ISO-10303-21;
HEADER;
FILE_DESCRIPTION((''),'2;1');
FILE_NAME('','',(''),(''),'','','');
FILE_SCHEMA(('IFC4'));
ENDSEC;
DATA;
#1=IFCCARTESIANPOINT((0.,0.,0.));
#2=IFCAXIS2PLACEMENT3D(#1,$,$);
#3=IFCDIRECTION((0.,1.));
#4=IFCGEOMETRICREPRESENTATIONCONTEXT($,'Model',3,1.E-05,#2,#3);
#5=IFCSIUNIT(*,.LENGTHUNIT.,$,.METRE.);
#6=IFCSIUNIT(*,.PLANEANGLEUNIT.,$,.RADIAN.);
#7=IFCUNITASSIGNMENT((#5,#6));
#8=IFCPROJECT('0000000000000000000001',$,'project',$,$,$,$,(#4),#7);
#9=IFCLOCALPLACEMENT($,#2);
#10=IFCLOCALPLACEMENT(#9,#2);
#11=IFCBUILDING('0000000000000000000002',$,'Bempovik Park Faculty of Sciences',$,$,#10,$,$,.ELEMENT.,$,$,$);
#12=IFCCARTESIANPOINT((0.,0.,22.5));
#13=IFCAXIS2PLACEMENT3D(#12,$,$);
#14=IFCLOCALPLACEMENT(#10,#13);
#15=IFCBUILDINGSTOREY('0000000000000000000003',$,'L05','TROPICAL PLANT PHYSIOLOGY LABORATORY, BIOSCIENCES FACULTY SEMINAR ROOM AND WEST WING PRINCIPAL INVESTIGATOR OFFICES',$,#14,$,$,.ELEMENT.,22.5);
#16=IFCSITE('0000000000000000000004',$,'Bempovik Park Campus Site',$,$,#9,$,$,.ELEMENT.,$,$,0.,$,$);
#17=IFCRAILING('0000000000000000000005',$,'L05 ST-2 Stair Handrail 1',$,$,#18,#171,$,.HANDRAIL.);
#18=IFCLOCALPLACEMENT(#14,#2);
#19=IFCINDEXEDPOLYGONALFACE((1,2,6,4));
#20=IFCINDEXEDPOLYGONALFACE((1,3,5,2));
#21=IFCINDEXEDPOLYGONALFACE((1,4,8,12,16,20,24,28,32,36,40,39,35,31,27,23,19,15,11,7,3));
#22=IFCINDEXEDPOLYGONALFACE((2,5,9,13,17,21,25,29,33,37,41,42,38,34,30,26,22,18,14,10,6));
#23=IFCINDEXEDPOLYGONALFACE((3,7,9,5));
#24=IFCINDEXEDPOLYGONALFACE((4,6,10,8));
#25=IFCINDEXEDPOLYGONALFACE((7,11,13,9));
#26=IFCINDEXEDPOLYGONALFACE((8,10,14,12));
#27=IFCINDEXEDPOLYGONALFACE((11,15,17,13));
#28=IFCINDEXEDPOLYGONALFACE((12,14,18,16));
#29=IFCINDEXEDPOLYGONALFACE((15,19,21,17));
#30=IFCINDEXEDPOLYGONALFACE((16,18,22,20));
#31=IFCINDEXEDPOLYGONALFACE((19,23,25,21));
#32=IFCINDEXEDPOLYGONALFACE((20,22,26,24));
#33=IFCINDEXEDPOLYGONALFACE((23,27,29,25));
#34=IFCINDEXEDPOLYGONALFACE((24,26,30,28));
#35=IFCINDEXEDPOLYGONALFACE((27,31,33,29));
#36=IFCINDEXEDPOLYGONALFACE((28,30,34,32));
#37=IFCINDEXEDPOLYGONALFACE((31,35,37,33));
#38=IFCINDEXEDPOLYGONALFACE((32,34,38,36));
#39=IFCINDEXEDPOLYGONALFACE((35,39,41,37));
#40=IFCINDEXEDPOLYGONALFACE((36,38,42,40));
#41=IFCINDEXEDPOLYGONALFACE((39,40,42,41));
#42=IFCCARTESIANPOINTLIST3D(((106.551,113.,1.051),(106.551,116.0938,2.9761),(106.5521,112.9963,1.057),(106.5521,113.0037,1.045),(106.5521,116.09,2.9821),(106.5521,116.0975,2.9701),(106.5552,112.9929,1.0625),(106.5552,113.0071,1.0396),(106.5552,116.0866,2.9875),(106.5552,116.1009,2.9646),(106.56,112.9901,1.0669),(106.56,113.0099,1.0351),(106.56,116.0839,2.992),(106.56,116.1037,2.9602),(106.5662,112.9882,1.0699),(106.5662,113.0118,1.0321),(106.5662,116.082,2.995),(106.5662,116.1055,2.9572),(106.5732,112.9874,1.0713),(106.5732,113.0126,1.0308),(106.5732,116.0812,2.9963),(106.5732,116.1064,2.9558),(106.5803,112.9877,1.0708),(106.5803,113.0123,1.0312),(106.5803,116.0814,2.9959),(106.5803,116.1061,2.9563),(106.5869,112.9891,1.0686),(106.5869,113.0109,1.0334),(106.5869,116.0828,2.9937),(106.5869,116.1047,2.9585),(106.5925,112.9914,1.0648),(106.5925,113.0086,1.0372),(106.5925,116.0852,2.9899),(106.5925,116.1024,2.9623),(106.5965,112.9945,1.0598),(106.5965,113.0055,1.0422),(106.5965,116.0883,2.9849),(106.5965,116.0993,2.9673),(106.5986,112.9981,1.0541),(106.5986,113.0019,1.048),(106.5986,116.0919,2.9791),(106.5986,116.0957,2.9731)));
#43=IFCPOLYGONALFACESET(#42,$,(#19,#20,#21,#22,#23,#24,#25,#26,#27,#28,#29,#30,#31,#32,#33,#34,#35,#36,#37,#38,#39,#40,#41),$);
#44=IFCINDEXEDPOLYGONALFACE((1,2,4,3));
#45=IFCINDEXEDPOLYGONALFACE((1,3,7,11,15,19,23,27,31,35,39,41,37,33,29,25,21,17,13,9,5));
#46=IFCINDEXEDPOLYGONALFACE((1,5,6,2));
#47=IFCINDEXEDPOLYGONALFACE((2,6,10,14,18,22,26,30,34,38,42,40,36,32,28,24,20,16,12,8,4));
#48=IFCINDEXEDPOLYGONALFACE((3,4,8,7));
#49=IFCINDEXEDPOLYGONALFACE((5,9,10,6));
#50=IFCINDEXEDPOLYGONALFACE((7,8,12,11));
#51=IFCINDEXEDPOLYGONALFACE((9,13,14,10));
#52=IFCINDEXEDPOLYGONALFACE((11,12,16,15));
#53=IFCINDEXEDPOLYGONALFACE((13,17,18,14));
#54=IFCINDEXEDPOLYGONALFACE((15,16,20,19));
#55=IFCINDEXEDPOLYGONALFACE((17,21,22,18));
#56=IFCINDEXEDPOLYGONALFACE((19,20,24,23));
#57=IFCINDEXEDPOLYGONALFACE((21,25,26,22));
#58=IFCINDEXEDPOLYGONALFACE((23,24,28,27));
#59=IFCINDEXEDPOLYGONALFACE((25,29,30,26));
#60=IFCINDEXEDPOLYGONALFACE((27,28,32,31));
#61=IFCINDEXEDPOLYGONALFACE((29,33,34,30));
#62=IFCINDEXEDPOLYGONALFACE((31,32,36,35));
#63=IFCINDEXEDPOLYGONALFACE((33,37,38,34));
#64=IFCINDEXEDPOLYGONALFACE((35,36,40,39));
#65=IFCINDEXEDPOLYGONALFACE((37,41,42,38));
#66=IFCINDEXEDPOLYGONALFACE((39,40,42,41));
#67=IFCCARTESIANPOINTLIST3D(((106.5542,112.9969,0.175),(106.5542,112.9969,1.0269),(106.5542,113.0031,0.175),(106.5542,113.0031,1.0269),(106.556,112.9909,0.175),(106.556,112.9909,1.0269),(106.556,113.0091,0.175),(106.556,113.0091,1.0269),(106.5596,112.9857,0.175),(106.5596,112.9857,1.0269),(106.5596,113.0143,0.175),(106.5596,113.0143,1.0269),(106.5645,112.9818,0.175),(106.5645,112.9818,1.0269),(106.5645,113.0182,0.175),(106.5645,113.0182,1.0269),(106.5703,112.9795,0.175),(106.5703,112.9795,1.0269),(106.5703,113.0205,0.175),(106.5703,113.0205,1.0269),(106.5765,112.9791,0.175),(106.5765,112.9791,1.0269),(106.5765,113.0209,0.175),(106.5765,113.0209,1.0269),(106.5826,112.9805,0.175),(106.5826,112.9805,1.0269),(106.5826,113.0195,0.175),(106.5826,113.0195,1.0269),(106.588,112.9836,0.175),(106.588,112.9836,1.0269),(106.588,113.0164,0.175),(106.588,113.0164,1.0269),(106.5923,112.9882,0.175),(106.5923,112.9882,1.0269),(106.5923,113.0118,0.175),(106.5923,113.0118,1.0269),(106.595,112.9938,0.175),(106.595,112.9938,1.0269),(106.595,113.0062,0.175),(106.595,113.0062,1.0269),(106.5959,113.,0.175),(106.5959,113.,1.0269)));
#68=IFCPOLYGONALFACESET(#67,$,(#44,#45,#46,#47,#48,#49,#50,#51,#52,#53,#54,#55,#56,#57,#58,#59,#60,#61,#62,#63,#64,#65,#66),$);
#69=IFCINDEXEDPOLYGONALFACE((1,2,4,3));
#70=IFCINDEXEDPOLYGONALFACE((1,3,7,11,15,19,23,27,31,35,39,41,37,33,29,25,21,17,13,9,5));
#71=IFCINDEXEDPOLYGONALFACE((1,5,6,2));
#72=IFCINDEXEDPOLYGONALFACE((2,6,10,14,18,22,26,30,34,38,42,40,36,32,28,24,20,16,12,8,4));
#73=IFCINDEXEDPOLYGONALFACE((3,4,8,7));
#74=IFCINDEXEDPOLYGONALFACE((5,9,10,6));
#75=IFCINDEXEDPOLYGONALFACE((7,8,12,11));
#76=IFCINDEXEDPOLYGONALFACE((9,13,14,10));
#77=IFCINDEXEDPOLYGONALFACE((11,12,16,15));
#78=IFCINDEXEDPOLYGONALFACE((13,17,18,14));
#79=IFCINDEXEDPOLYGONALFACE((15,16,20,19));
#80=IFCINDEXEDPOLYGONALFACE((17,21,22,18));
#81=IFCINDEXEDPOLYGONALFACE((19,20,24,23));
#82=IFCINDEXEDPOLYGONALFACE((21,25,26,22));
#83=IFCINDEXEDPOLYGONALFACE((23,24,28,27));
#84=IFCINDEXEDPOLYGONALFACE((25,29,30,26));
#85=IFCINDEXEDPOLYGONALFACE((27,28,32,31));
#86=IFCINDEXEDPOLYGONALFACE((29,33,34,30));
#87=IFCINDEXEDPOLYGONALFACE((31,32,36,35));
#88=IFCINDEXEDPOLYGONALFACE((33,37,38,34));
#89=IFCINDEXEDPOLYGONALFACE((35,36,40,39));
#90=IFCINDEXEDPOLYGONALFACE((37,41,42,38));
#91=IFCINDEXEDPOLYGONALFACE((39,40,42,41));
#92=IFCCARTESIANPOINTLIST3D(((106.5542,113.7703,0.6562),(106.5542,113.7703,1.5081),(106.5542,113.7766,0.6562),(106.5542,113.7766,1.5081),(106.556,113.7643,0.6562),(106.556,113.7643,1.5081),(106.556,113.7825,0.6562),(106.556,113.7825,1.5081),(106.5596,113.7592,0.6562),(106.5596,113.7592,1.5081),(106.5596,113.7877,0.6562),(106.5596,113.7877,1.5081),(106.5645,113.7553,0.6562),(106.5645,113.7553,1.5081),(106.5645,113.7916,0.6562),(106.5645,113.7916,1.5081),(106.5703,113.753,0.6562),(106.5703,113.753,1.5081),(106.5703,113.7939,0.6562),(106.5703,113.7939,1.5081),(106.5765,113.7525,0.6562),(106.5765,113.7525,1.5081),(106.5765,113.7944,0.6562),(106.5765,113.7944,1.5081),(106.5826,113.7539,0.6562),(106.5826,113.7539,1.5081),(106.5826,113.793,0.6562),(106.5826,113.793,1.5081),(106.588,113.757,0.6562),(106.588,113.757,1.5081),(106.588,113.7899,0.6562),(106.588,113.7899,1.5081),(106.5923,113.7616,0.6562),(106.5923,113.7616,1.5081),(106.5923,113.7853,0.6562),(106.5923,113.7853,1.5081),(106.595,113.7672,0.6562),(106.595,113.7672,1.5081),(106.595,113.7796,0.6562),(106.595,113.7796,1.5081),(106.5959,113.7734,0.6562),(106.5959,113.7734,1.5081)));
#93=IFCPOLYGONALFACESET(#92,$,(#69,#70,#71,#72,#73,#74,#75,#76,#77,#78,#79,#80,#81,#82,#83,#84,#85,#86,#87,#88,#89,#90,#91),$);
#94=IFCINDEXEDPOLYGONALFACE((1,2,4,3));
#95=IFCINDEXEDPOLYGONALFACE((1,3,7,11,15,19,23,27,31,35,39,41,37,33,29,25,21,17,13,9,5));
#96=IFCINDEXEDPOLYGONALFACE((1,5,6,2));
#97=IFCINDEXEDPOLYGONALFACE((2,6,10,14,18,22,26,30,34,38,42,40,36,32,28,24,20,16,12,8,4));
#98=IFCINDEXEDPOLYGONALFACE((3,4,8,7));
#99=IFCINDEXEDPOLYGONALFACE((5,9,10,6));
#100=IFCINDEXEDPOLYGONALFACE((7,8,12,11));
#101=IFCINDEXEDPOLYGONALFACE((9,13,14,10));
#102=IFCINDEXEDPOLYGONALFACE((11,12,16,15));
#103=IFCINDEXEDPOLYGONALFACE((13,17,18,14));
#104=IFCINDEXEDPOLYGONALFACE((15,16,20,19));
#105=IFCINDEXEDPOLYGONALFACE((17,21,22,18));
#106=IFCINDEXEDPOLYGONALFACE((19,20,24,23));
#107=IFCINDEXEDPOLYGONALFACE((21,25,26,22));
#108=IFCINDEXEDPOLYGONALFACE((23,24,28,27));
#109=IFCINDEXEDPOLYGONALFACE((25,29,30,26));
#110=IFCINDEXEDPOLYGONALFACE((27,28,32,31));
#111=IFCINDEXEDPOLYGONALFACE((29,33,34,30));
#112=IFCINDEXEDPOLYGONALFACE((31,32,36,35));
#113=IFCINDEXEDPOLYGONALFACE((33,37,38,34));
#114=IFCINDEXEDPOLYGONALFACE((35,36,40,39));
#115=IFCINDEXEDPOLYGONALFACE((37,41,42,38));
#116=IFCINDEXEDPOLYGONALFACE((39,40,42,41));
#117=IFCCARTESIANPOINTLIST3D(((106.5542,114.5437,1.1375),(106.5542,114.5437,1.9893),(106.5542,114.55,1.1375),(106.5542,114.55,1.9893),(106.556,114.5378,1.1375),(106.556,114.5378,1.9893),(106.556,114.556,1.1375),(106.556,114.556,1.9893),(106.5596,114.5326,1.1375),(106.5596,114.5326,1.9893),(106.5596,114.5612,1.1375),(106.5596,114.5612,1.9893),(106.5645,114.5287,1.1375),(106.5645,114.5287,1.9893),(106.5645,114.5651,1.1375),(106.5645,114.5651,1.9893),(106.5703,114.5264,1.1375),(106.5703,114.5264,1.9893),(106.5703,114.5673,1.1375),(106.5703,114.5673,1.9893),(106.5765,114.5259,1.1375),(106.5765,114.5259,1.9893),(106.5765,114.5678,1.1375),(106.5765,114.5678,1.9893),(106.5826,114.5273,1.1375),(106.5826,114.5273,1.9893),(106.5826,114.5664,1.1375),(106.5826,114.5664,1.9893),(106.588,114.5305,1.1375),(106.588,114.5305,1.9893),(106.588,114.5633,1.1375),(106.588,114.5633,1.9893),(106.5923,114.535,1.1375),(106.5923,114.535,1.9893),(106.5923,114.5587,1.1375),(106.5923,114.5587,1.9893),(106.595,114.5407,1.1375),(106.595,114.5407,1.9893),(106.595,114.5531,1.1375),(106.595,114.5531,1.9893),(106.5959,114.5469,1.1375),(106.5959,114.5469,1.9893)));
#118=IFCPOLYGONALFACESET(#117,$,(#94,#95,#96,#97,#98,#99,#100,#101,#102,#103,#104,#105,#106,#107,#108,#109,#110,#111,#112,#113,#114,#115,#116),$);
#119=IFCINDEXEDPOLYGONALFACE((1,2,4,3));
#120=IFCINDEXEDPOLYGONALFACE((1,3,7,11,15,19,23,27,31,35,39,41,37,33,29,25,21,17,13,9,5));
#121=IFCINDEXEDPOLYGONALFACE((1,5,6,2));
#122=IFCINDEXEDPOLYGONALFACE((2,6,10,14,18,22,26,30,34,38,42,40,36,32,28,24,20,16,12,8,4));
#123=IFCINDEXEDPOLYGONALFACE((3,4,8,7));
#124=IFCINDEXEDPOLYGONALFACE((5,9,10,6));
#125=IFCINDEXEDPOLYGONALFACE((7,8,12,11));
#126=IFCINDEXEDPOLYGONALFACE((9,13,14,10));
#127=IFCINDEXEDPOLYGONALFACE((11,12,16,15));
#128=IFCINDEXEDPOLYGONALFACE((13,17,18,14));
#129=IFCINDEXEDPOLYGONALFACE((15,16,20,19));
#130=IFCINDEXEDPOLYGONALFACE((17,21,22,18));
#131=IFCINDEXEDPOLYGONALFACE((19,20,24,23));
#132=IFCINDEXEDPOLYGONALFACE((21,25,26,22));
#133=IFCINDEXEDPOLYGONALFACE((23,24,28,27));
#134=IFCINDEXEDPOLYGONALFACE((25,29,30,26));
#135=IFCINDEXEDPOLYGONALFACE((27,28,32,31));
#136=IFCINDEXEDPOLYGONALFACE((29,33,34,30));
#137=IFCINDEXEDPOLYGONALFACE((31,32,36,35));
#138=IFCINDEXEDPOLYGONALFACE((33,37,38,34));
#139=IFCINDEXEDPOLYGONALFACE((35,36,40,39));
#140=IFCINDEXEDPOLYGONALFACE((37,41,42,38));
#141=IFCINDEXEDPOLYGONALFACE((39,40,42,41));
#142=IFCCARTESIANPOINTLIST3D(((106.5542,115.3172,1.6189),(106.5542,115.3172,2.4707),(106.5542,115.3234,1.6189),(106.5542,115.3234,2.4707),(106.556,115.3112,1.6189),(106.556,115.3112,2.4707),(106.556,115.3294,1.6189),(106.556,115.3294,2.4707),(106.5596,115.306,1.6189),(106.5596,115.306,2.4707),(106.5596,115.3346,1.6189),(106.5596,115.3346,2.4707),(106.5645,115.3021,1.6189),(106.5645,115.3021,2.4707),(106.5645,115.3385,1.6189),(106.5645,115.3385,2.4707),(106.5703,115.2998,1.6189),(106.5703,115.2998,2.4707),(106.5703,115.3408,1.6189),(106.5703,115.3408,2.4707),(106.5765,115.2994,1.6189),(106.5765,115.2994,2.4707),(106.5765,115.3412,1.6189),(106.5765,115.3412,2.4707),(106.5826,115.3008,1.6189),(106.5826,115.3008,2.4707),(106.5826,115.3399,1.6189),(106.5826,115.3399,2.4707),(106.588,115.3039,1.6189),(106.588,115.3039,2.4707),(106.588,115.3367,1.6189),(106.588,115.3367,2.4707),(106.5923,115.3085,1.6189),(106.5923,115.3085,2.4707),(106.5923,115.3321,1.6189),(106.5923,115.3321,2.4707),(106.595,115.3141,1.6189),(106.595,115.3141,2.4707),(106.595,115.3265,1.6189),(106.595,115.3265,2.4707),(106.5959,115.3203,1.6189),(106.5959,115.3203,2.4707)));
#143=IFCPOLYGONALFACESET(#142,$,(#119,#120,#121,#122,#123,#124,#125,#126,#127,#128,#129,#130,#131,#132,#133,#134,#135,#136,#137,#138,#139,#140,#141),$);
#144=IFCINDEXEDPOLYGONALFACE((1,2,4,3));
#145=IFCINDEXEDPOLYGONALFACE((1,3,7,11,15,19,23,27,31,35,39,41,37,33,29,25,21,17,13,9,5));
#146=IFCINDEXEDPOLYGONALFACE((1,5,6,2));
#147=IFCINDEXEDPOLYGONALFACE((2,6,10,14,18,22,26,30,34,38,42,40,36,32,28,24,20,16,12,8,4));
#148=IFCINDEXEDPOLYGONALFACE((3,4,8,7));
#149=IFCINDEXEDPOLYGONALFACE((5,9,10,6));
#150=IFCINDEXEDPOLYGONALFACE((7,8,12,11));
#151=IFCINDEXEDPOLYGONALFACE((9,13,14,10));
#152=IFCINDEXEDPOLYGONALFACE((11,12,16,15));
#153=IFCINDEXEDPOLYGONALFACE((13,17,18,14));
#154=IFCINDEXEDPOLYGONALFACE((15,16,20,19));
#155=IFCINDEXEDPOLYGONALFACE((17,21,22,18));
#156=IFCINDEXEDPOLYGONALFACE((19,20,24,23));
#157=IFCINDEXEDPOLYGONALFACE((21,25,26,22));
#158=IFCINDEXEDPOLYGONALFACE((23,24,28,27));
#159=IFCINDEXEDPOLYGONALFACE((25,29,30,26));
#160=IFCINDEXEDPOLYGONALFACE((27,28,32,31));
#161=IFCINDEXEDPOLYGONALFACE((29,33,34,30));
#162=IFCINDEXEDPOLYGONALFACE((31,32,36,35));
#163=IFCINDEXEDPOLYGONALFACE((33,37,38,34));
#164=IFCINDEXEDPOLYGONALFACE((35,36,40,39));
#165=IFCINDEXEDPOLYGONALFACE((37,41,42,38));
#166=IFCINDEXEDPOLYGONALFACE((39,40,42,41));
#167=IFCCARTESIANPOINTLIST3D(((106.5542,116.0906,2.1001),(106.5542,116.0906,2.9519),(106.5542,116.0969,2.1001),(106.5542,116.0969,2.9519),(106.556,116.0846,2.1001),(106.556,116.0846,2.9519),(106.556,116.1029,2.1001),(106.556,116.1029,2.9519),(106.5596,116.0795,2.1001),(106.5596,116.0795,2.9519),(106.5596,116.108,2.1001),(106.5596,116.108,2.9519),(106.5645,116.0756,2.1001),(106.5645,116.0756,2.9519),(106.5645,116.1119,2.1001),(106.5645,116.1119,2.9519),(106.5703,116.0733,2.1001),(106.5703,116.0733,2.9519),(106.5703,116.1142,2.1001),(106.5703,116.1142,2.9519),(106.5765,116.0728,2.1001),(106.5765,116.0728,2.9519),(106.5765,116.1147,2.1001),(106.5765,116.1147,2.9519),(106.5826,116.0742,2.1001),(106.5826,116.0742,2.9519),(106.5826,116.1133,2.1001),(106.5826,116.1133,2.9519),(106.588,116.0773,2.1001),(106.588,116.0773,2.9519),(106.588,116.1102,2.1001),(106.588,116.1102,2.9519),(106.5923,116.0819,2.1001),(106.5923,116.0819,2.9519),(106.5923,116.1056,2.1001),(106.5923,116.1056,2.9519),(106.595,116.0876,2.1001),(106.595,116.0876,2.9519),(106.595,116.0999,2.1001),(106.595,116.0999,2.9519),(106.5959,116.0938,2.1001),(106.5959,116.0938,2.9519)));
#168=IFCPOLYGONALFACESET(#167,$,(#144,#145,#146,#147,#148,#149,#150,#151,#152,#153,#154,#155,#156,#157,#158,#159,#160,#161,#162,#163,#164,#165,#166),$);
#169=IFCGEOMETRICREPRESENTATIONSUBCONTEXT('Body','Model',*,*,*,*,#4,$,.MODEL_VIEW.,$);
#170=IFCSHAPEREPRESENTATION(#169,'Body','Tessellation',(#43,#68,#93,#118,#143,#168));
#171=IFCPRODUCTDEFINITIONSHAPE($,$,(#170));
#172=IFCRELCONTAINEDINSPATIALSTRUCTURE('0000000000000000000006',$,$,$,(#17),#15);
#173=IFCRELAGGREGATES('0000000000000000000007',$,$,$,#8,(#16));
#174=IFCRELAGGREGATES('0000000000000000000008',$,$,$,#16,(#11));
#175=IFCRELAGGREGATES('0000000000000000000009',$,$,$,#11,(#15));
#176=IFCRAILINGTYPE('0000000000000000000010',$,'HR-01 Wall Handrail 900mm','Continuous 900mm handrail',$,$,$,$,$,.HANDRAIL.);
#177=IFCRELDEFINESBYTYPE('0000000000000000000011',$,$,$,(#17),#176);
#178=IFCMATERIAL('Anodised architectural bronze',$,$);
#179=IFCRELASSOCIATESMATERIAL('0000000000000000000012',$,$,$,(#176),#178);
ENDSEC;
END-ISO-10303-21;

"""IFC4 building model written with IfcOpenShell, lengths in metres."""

from ifc_helpers import new_model, si_unit, direction, frame, origin, origin_2d, place, context, subcontext, project, spatial, circle, extrude, material, type_object, element, save


model = new_model("IFC4")

# Units and contexts
model_context = context("Model", 3, precision=1e-05, world=origin(), true_north=direction((0.0, 1.0)))
body_context = subcontext(model_context, "Body", "Model", "MODEL_VIEW")
ifc_project = project(units=[si_unit("LENGTHUNIT", "METRE"), si_unit("PLANEANGLEUNIT", "RADIAN")], contexts=[model_context])

# Site, building, storey
site_placement = place(None, origin())
site = spatial("IfcSite", under=ifc_project, at=site_placement, Name="Bempovik Park Campus Site", CompositionType="ELEMENT", RefElevation=0.0)
building_placement = place(site_placement, origin())
building = spatial("IfcBuilding", under=site, at=building_placement, Name="Bempovik Park Faculty of Sciences", CompositionType="ELEMENT")
storey_placement = place(building_placement, frame((0.0, 0.0, 22.5)))
storey = spatial("IfcBuildingStorey", under=building, at=storey_placement, Name="L05", Description="TROPICAL PLANT PHYSIOLOGY LABORATORY, BIOSCIENCES FACULTY SEMINAR ROOM AND WEST WING PRINCIPAL INVESTIGATOR OFFICES", CompositionType="ELEMENT", Elevation=22.5)

# Railing
ifc_material_1 = material(Name="Anodised architectural bronze")
railing_type = type_object("IfcRailingType", Name="HR-01 Wall Handrail 900mm", Description="Continuous 900mm handrail", PredefinedType="HANDRAIL", material=ifc_material_1)
railing_placement = place(storey_placement, frame((106.575, 113.0, 0.175)))
element("IfcRailing", 1, at=railing_placement, inside=storey, type_object=railing_type, Name="L05 ST-2 Stair Handrail 1", PredefinedType="HANDRAIL", context=body_context, shape_type="SweptSolid", body=[
    extrude(circle(Radius=0.0239, at=origin_2d()), frame((0.0, 0.0, 0.876), z_axis=(0.0, 0.849051, 0.528312), x_axis=(-1.0, 0.0, 0.0)), (0.0, 0.0, 1.0), 3.6438),
    extrude(circle(Radius=0.021, at=origin_2d()), origin(), (0.0, 0.0, 1.0), 0.8518),
    extrude(circle(Radius=0.021, at=origin_2d()), frame((0.0, 0.7734, 0.4812)), (0.0, 0.0, 1.0), 0.8518),
    extrude(circle(Radius=0.021, at=origin_2d()), frame((0.0, 1.5469, 0.9624)), (0.0, 0.0, 1.0), 0.8518),
    extrude(circle(Radius=0.021, at=origin_2d()), frame((0.0, 2.3203, 1.4438)), (0.0, 0.0, 1.0), 0.8518),
    extrude(circle(Radius=0.021, at=origin_2d()), frame((0.0, 3.0938, 1.925)), (0.0, 0.0, 1.0), 0.8518),
])

save(model, "model.ifc")
